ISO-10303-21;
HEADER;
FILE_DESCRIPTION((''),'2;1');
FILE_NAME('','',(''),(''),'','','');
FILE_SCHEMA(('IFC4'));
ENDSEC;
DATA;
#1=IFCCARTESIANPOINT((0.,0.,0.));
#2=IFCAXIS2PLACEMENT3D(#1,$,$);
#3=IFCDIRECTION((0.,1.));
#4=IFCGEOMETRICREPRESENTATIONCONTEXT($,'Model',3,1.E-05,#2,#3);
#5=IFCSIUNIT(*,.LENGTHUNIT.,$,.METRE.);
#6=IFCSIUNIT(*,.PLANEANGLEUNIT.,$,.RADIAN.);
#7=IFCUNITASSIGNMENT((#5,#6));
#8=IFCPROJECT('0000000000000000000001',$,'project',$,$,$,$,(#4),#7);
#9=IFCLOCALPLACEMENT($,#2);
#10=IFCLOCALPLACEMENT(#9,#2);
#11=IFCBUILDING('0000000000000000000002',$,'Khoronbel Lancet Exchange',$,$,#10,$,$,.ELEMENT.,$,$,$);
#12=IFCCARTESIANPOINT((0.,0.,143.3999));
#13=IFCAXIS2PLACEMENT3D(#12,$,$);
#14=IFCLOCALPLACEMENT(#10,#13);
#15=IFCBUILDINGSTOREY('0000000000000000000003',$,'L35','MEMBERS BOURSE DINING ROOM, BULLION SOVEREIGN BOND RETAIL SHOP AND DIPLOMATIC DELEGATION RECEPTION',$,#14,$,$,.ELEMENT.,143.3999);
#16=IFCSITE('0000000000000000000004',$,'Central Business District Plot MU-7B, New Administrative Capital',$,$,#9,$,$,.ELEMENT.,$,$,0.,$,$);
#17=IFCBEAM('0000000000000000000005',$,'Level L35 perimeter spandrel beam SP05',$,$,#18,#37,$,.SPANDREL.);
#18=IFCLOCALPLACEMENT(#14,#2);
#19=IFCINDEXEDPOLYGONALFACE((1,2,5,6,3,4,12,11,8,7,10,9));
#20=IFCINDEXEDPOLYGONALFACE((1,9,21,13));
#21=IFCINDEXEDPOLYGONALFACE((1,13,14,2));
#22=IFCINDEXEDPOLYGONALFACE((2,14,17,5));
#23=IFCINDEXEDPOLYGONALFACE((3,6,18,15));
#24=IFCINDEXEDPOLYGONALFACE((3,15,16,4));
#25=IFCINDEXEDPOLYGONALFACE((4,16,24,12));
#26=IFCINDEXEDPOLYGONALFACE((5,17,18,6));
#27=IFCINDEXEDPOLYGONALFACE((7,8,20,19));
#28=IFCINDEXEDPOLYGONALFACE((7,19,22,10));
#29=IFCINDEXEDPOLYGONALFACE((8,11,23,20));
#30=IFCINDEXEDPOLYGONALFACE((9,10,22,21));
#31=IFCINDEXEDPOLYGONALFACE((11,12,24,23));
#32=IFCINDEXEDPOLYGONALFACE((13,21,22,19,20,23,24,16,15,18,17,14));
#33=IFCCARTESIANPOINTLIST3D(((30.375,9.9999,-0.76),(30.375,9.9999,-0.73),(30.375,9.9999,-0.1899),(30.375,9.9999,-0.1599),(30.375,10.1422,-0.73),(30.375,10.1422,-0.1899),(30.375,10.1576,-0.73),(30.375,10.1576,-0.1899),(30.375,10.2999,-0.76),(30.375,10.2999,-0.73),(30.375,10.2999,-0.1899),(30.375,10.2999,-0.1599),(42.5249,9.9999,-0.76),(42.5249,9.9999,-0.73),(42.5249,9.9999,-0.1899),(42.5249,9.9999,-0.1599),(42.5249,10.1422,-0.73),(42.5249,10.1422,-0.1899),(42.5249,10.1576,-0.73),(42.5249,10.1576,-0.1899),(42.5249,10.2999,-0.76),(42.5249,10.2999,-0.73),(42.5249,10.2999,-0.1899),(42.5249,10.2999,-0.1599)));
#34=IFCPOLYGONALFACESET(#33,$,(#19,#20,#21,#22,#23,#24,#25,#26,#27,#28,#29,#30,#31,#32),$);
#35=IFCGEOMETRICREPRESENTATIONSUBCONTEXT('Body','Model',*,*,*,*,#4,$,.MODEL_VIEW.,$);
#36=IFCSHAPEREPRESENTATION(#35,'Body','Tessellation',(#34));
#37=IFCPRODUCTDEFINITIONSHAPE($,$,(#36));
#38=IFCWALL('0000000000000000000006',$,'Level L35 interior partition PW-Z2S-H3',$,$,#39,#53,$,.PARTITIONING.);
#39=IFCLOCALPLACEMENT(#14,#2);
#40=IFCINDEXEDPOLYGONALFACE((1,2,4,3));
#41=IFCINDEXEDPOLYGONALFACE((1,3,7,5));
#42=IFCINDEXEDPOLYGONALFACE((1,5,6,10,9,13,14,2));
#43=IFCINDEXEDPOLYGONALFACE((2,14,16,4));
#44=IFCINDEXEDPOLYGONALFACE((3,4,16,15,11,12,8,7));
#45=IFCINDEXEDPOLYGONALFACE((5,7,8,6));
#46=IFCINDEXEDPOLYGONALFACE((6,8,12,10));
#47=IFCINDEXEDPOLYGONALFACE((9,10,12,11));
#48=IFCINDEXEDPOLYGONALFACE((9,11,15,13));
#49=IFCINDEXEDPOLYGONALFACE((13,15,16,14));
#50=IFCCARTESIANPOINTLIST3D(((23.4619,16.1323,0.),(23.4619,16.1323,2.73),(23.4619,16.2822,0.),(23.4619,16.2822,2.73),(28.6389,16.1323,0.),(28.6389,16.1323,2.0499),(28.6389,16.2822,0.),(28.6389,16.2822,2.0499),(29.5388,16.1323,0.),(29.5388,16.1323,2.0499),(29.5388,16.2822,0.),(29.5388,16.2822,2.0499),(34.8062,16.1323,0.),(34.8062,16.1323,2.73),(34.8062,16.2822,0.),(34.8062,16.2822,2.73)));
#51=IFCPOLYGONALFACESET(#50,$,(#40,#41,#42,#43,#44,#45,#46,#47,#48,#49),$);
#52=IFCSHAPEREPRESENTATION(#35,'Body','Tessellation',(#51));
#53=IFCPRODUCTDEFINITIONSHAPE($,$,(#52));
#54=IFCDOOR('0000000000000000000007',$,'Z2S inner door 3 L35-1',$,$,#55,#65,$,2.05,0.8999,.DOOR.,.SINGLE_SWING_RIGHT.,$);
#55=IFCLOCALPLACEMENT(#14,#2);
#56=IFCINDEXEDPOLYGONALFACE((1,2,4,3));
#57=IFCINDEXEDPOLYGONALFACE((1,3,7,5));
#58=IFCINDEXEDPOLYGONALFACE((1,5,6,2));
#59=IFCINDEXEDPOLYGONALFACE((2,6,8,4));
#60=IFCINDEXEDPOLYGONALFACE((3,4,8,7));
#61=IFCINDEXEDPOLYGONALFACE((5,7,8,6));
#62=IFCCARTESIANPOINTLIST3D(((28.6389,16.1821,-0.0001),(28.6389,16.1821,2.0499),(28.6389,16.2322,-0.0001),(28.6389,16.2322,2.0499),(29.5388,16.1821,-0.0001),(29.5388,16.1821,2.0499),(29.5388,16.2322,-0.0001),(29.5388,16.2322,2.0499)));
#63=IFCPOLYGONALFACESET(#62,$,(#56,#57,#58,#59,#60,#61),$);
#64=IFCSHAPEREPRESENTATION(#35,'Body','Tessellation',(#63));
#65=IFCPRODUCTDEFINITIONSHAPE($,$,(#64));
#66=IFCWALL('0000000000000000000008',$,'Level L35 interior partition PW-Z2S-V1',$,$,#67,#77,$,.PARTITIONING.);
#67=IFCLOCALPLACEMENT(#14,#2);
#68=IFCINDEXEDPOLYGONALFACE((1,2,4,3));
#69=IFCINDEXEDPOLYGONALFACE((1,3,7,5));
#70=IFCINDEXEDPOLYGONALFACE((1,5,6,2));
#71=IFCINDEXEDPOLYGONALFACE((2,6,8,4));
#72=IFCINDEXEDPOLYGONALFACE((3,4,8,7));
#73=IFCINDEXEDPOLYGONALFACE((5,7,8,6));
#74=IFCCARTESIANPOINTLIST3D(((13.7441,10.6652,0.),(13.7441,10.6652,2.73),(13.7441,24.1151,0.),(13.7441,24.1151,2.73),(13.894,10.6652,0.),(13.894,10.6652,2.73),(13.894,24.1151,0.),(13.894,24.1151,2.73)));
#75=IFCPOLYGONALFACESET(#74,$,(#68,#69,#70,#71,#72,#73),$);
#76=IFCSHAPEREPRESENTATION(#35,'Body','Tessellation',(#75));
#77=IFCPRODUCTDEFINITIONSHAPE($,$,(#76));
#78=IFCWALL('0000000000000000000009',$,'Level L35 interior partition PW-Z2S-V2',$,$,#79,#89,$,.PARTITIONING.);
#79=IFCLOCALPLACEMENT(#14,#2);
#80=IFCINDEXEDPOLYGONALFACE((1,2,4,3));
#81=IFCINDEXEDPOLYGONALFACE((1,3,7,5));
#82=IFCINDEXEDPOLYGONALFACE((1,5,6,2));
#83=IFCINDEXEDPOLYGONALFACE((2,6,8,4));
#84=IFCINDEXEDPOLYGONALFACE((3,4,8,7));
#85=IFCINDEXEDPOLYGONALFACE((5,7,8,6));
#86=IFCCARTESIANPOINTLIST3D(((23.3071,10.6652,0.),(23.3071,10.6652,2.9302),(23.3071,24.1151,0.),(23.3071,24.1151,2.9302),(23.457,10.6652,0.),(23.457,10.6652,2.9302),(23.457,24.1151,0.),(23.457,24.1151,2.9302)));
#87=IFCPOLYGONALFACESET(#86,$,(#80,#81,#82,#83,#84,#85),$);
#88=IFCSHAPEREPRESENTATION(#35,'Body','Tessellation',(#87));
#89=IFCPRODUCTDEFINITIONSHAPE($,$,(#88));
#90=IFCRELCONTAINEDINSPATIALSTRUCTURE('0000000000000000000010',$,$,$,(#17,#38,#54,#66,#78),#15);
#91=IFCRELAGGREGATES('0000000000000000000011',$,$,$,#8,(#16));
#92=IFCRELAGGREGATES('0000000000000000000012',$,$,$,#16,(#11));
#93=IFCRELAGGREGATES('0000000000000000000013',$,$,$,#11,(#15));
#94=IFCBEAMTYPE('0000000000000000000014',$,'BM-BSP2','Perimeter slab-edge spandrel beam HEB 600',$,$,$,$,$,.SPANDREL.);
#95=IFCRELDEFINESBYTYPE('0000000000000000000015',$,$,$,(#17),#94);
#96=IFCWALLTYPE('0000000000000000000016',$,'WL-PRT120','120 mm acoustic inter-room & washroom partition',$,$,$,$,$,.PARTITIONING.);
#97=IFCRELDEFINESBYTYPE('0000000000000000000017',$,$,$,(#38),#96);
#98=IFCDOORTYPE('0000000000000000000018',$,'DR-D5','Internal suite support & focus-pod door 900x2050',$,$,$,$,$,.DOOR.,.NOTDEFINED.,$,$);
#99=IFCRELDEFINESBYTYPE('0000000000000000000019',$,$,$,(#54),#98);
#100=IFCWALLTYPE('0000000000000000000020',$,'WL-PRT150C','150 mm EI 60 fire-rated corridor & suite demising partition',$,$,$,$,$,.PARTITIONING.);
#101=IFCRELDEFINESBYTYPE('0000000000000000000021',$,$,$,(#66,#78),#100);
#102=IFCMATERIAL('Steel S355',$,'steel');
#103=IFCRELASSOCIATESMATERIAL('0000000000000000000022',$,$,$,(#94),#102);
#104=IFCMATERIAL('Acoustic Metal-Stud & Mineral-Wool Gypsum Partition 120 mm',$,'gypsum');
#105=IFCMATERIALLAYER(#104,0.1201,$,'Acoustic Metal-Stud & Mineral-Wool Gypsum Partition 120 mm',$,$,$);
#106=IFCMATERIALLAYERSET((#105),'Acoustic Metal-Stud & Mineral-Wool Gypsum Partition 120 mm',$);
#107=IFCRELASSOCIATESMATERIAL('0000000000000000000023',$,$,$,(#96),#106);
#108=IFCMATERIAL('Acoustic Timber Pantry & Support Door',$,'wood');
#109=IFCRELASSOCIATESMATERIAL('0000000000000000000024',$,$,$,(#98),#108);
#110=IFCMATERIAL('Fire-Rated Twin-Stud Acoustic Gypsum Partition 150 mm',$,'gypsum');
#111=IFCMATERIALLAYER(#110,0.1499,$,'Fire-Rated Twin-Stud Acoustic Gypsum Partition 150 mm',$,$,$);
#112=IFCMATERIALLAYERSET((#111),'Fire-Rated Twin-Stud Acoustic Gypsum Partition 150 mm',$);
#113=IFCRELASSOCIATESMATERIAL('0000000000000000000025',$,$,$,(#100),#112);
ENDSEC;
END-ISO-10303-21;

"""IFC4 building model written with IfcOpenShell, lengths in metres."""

from ifc_helpers import new_model, si_unit, direction, frame, frame_2d, origin, origin_2d, place, context, subcontext, project, spatial, rectangle, i_section, extrude, material, layer, layer_set, material_profile, profile_set, type_object, element, fill, save


model = new_model("IFC4")

# Units and contexts
model_context = context("Model", 3, precision=1e-05, world=origin(), true_north=direction((0.0, 1.0)))
body_context = subcontext(model_context, "Body", "Model", "MODEL_VIEW")
ifc_project = project(units=[si_unit("LENGTHUNIT", "METRE"), si_unit("PLANEANGLEUNIT", "RADIAN")], contexts=[model_context])

# Site, building, storey
site_placement = place(None, origin())
site = spatial("IfcSite", under=ifc_project, at=site_placement, Name="Central Business District Plot MU-7B, New Administrative Capital", CompositionType="ELEMENT", RefElevation=0.0)
building_placement = place(site_placement, origin())
building = spatial("IfcBuilding", under=site, at=building_placement, Name="Khoronbel Lancet Exchange", CompositionType="ELEMENT")
storey_placement = place(building_placement, frame((0.0, 0.0, 143.3999)))
storey = spatial("IfcBuildingStorey", under=building, at=storey_placement, Name="L35", Description="MEMBERS BOURSE DINING ROOM, BULLION SOVEREIGN BOND RETAIL SHOP AND DIPLOMATIC DELEGATION RECEPTION", CompositionType="ELEMENT", Elevation=143.3999)

# Beam
ifc_material_1 = material(Name="Steel S355", Category="steel")
ifc_material_profile_1 = material_profile(ifc_material_1, i_section(OverallWidth=0.3, OverallDepth=0.6001, WebThickness=0.0154, FlangeThickness=0.03, at=origin_2d()), Name="HEB 600")
ifc_profile_set_1 = profile_set([ifc_material_profile_1], Name="Steel S355")
beam_type_1 = type_object("IfcBeamType", Name="BM-BSP2", Description="Perimeter slab-edge spandrel beam HEB 600", PredefinedType="SPANDREL", material=ifc_profile_set_1)
beam_1_placement = place(storey_placement, frame((30.375, 10.1499, -0.46), z_axis=(1.0, 0.0, 0.0), x_axis=(0.0, 1.0, 0.0)))
element("IfcBeam", 1, at=beam_1_placement, inside=storey, type_object=beam_type_1, Name="Level L35 perimeter spandrel beam SP05", PredefinedType="SPANDREL", context=body_context, shape_type="SweptSolid", body=[
    extrude(i_section(OverallWidth=0.3, OverallDepth=0.6001, WebThickness=0.0154, FlangeThickness=0.03, at=origin_2d()), origin(), (0.0, 0.0, 1.0), 12.1499),
])

# Wall, opening, door
ifc_material_2 = material(Name="Acoustic Metal-Stud & Mineral-Wool Gypsum Partition 120 mm", Category="gypsum")
ifc_layer_1 = layer(ifc_material_2, 0.1201, Name="Acoustic Metal-Stud & Mineral-Wool Gypsum Partition 120 mm")
ifc_layer_set_1 = layer_set([ifc_layer_1], Name="Acoustic Metal-Stud & Mineral-Wool Gypsum Partition 120 mm")
wall_type_1 = type_object("IfcWallType", Name="WL-PRT120", Description="120 mm acoustic inter-room & washroom partition", PredefinedType="PARTITIONING", material=ifc_layer_set_1)
wall_1_placement = place(storey_placement, frame((23.4619, 16.2073, 0.0), z_axis=(0.0, 0.0, 1.0), x_axis=(1.0, 0.0, 0.0)))
wall_1 = element("IfcWall", 2, at=wall_1_placement, inside=storey, type_object=wall_type_1, Name="Level L35 interior partition PW-Z2S-H3", PredefinedType="PARTITIONING", context=body_context, shape_type="SweptSolid", body=[
    extrude(rectangle(XDim=11.3442, YDim=0.1499, at=frame_2d((5.6721, 0.0))), origin(), (0.0, 0.0, 1.0), 2.73),
])
opening_placement = place(wall_1_placement, frame((5.177, 0.0, 0.0)))
opening = element("IfcOpeningElement", 3, at=opening_placement, cuts=wall_1, PredefinedType="OPENING", context=body_context, shape_type="SweptSolid", body=[
    extrude(rectangle(XDim=0.8999, YDim=2.05, at=frame_2d((0.45, 1.0249))), frame((0.0, 0.085, 0.0), z_axis=(0.0, -1.0, 0.0), x_axis=(1.0, 0.0, 0.0)), (0.0, 0.0, 1.0), 0.1699),
])
ifc_material_3 = material(Name="Acoustic Timber Pantry & Support Door", Category="wood")
door_type = type_object("IfcDoorType", Name="DR-D5", Description="Internal suite support & focus-pod door 900x2050", OperationType="NOTDEFINED", PredefinedType="DOOR", material=ifc_material_3)
door_placement = place(opening_placement, origin())
door = element("IfcDoor", 4, at=door_placement, inside=storey, type_object=door_type, Name="Z2S inner door 3 L35-1", OperationType="SINGLE_SWING_RIGHT", OverallHeight=2.05, OverallWidth=0.8999, PredefinedType="DOOR", context=body_context, shape_type="SweptSolid", body=[
    extrude(rectangle(XDim=0.8999, YDim=2.05, at=frame_2d((0.45, 1.0249))), frame((0.0, 0.0249, 0.0), z_axis=(0.0, -1.0, 0.0), x_axis=(1.0, 0.0, 0.0)), (0.0, 0.0, 1.0), 0.05),
])
fill(opening, door)

# Walls
ifc_material_4 = material(Name="Fire-Rated Twin-Stud Acoustic Gypsum Partition 150 mm", Category="gypsum")
ifc_layer_2 = layer(ifc_material_4, 0.1499, Name="Fire-Rated Twin-Stud Acoustic Gypsum Partition 150 mm")
ifc_layer_set_2 = layer_set([ifc_layer_2], Name="Fire-Rated Twin-Stud Acoustic Gypsum Partition 150 mm")
wall_type_2 = type_object("IfcWallType", Name="WL-PRT150C", Description="150 mm EI 60 fire-rated corridor & suite demising partition", PredefinedType="PARTITIONING", material=ifc_layer_set_2)
wall_2_placement = place(storey_placement, frame((13.8191, 10.665, 0.0), z_axis=(0.0, 0.0, 1.0), x_axis=(0.0, 1.0, 0.0)))
element("IfcWall", 5, at=wall_2_placement, inside=storey, type_object=wall_type_2, Name="Level L35 interior partition PW-Z2S-V1", PredefinedType="PARTITIONING", context=body_context, shape_type="SweptSolid", body=[
    extrude(rectangle(XDim=13.45, YDim=0.1499, at=frame_2d((6.7251, 0.0))), origin(), (0.0, 0.0, 1.0), 2.73),
])
wall_3_placement = place(storey_placement, frame((23.3821, 10.665, 0.0), z_axis=(0.0, 0.0, 1.0), x_axis=(0.0, 1.0, 0.0)))
element("IfcWall", 6, at=wall_3_placement, inside=storey, type_object=wall_type_2, Name="Level L35 interior partition PW-Z2S-V2", PredefinedType="PARTITIONING", context=body_context, shape_type="SweptSolid", body=[
    extrude(rectangle(XDim=13.45, YDim=0.1499, at=frame_2d((6.7251, 0.0))), origin(), (0.0, 0.0, 1.0), 2.9302),
])

save(model, "model.ifc")
